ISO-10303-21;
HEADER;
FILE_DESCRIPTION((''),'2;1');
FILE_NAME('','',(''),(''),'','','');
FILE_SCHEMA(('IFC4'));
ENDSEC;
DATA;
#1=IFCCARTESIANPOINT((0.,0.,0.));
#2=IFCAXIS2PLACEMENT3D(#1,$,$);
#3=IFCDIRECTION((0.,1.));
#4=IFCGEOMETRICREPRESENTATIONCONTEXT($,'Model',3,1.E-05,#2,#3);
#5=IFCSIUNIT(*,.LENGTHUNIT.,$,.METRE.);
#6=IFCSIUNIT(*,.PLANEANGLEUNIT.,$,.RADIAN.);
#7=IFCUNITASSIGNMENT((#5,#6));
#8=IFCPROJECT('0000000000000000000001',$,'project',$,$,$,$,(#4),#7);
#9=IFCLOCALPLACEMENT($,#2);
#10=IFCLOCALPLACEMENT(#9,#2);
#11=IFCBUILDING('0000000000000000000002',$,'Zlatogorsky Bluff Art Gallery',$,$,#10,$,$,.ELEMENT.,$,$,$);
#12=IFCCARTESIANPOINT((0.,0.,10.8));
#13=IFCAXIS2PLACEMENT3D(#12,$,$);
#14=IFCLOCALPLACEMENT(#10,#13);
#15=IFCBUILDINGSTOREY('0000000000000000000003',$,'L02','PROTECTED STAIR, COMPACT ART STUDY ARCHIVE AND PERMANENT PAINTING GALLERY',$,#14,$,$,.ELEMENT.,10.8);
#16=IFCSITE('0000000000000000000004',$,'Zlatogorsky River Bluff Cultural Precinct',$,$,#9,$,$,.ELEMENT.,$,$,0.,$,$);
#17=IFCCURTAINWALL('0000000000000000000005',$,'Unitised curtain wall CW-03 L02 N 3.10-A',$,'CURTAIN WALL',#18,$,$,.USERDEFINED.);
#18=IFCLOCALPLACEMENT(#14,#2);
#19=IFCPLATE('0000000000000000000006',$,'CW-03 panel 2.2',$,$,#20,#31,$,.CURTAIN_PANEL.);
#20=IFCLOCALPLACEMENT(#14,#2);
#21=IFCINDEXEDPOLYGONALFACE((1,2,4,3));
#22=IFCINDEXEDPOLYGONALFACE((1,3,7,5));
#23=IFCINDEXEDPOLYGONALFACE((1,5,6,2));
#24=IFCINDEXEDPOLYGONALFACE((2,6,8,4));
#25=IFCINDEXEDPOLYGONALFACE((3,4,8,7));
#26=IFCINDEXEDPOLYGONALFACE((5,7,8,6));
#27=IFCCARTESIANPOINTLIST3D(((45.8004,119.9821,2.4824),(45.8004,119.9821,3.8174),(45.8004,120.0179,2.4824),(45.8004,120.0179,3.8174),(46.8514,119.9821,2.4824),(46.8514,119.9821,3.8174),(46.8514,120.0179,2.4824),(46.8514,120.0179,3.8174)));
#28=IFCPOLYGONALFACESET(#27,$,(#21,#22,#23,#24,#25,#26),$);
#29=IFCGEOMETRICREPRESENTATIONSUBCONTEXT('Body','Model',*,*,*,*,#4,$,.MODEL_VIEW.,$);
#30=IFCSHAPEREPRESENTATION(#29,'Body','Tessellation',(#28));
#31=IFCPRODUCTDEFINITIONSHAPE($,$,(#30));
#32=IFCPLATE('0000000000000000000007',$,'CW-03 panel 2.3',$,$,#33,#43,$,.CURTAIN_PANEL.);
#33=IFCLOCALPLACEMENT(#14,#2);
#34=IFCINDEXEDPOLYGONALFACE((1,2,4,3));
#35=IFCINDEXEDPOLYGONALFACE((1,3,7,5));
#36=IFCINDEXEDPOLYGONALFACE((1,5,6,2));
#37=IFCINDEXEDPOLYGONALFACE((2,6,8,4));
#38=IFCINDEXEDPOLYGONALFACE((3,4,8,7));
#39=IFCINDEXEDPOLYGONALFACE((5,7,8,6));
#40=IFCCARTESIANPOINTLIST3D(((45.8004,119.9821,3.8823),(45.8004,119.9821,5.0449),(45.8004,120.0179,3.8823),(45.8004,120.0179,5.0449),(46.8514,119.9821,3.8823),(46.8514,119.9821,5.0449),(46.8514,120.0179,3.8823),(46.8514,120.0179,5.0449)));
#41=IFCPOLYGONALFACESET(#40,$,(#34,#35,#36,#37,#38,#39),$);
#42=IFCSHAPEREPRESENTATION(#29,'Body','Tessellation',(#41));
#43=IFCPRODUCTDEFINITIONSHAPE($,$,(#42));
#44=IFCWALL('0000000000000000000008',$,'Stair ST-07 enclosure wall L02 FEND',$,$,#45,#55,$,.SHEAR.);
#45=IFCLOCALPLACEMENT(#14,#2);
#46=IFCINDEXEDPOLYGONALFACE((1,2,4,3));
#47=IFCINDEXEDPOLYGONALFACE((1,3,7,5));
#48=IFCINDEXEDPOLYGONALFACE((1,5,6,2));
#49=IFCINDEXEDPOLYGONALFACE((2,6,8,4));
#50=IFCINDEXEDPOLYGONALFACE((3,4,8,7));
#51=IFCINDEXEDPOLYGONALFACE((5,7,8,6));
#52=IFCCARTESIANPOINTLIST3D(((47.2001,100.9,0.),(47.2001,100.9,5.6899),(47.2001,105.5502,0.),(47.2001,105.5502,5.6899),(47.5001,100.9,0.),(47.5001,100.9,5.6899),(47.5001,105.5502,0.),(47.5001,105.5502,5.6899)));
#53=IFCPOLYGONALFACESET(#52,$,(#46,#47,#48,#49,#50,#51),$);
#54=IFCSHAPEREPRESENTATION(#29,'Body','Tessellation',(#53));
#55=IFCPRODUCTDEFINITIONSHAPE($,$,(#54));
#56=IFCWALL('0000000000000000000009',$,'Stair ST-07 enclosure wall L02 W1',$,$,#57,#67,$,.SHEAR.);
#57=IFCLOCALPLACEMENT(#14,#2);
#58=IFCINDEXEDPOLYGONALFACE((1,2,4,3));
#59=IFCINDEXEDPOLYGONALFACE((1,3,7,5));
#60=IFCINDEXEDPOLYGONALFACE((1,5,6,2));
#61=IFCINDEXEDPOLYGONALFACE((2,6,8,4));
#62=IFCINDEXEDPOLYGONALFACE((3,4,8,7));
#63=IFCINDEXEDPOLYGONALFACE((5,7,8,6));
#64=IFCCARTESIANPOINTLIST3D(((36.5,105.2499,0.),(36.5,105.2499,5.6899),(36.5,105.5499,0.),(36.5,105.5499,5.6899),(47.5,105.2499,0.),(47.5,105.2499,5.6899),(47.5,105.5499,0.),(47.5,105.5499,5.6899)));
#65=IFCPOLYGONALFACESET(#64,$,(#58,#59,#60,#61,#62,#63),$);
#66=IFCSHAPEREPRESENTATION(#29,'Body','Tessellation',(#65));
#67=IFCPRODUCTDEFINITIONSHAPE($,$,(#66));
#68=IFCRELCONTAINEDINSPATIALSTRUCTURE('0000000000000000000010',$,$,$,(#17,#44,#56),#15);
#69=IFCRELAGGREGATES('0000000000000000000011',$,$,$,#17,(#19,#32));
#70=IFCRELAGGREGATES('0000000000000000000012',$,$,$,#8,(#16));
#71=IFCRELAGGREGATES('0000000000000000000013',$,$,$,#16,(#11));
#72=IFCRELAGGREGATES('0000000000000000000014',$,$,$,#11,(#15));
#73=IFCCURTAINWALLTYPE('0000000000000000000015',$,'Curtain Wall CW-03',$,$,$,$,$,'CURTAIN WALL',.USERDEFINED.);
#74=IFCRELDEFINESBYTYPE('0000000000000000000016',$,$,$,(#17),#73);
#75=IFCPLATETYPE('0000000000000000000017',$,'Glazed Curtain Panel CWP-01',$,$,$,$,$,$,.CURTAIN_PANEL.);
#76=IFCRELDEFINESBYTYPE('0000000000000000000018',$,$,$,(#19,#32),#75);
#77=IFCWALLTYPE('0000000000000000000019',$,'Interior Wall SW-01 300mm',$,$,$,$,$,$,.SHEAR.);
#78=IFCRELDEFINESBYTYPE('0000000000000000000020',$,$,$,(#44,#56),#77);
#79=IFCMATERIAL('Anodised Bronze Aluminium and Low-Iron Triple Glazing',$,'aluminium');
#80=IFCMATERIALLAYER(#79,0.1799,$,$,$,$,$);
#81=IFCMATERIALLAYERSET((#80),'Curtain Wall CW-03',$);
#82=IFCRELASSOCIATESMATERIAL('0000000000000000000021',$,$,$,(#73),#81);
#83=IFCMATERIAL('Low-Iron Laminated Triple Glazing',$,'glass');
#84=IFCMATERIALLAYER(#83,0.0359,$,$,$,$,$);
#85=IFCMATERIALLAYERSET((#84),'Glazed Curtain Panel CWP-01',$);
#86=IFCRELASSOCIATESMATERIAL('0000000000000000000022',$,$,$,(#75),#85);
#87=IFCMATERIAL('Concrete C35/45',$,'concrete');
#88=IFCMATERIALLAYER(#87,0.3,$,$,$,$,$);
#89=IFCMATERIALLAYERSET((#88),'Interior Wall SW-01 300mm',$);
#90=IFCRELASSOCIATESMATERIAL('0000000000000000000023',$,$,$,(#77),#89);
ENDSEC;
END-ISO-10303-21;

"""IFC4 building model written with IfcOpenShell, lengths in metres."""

from ifc_helpers import new_model, si_unit, direction, frame, frame_2d, origin, origin_2d, place, context, subcontext, project, spatial, rectangle, extrude, material, layer, layer_set, type_object, element, aggregate, save


model = new_model("IFC4")

# Units and contexts
model_context = context("Model", 3, precision=1e-05, world=origin(), true_north=direction((0.0, 1.0)))
body_context = subcontext(model_context, "Body", "Model", "MODEL_VIEW")
ifc_project = project(units=[si_unit("LENGTHUNIT", "METRE"), si_unit("PLANEANGLEUNIT", "RADIAN")], contexts=[model_context])

# Site, building, storey
site_placement = place(None, origin())
site = spatial("IfcSite", under=ifc_project, at=site_placement, Name="Zlatogorsky River Bluff Cultural Precinct", CompositionType="ELEMENT", RefElevation=0.0)
building_placement = place(site_placement, origin())
building = spatial("IfcBuilding", under=site, at=building_placement, Name="Zlatogorsky Bluff Art Gallery", CompositionType="ELEMENT")
storey_placement = place(building_placement, frame((0.0, 0.0, 10.8)))
storey = spatial("IfcBuildingStorey", under=building, at=storey_placement, Name="L02", Description="PROTECTED STAIR, COMPACT ART STUDY ARCHIVE AND PERMANENT PAINTING GALLERY", CompositionType="ELEMENT", Elevation=10.8)

# Curtain wall, plates
ifc_material_1 = material(Name="Anodised Bronze Aluminium and Low-Iron Triple Glazing", Category="aluminium")
ifc_layer_1 = layer(ifc_material_1, 0.1799)
ifc_layer_set_1 = layer_set([ifc_layer_1], Name="Curtain Wall CW-03")
curtain_wall_type = type_object("IfcCurtainWallType", Name="Curtain Wall CW-03", ElementType="CURTAIN WALL", PredefinedType="USERDEFINED", material=ifc_layer_set_1)
curtain_wall_placement = place(storey_placement, origin())
curtain_wall = element("IfcCurtainWall", 1, at=curtain_wall_placement, inside=storey, type_object=curtain_wall_type, Name="Unitised curtain wall CW-03 L02 N 3.10-A", ObjectType="CURTAIN WALL", PredefinedType="USERDEFINED")
ifc_material_2 = material(Name="Low-Iron Laminated Triple Glazing", Category="glass")
ifc_layer_2 = layer(ifc_material_2, 0.0359)
ifc_layer_set_2 = layer_set([ifc_layer_2], Name="Glazed Curtain Panel CWP-01")
plate_type = type_object("IfcPlateType", Name="Glazed Curtain Panel CWP-01", PredefinedType="CURTAIN_PANEL", material=ifc_layer_set_2)
plate_1_placement = place(storey_placement, frame((46.3259, 120.0, 2.4824), z_axis=(0.0, 0.0, 1.0), x_axis=(-1.0, 0.0, 0.0)))
plate_1 = element("IfcPlate", 2, at=plate_1_placement, type_object=plate_type, Name="CW-03 panel 2.2", PredefinedType="CURTAIN_PANEL", context=body_context, shape_type="SweptSolid", body=[
    extrude(rectangle(XDim=1.051, YDim=0.0359, at=origin_2d()), origin(), (0.0, 0.0, 1.0), 1.335),
])
plate_2_placement = place(storey_placement, frame((46.3259, 120.0, 3.8823), z_axis=(0.0, 0.0, 1.0), x_axis=(-1.0, 0.0, 0.0)))
plate_2 = element("IfcPlate", 3, at=plate_2_placement, type_object=plate_type, Name="CW-03 panel 2.3", PredefinedType="CURTAIN_PANEL", context=body_context, shape_type="SweptSolid", body=[
    extrude(rectangle(XDim=1.051, YDim=0.0359, at=origin_2d()), origin(), (0.0, 0.0, 1.0), 1.1626),
])
aggregate(curtain_wall, [plate_1, plate_2])

# Walls
ifc_material_3 = material(Name="Concrete C35/45", Category="concrete")
ifc_layer_3 = layer(ifc_material_3, 0.3)
ifc_layer_set_3 = layer_set([ifc_layer_3], Name="Interior Wall SW-01 300mm")
wall_type = type_object("IfcWallType", Name="Interior Wall SW-01 300mm", PredefinedType="SHEAR", material=ifc_layer_set_3)
wall_1_placement = place(storey_placement, frame((47.3501, 100.8999, 0.0), z_axis=(0.0, 0.0, 1.0), x_axis=(0.0, 1.0, 0.0)))
element("IfcWall", 4, at=wall_1_placement, inside=storey, type_object=wall_type, Name="Stair ST-07 enclosure wall L02 FEND", PredefinedType="SHEAR", context=body_context, shape_type="SweptSolid", body=[
    extrude(rectangle(XDim=4.6501, YDim=0.3, at=frame_2d((2.3252, 0.0))), origin(), (0.0, 0.0, 1.0), 5.6899),
])
wall_2_placement = place(storey_placement, frame((47.5, 105.3999, 0.0), z_axis=(0.0, 0.0, 1.0), x_axis=(-1.0, 0.0, 0.0)))
element("IfcWall", 5, at=wall_2_placement, inside=storey, type_object=wall_type, Name="Stair ST-07 enclosure wall L02 W1", PredefinedType="SHEAR", context=body_context, shape_type="SweptSolid", body=[
    extrude(rectangle(XDim=11.0, YDim=0.3, at=frame_2d((5.5, 0.0))), origin(), (0.0, 0.0, 1.0), 5.6899),
])

save(model, "model.ifc")
